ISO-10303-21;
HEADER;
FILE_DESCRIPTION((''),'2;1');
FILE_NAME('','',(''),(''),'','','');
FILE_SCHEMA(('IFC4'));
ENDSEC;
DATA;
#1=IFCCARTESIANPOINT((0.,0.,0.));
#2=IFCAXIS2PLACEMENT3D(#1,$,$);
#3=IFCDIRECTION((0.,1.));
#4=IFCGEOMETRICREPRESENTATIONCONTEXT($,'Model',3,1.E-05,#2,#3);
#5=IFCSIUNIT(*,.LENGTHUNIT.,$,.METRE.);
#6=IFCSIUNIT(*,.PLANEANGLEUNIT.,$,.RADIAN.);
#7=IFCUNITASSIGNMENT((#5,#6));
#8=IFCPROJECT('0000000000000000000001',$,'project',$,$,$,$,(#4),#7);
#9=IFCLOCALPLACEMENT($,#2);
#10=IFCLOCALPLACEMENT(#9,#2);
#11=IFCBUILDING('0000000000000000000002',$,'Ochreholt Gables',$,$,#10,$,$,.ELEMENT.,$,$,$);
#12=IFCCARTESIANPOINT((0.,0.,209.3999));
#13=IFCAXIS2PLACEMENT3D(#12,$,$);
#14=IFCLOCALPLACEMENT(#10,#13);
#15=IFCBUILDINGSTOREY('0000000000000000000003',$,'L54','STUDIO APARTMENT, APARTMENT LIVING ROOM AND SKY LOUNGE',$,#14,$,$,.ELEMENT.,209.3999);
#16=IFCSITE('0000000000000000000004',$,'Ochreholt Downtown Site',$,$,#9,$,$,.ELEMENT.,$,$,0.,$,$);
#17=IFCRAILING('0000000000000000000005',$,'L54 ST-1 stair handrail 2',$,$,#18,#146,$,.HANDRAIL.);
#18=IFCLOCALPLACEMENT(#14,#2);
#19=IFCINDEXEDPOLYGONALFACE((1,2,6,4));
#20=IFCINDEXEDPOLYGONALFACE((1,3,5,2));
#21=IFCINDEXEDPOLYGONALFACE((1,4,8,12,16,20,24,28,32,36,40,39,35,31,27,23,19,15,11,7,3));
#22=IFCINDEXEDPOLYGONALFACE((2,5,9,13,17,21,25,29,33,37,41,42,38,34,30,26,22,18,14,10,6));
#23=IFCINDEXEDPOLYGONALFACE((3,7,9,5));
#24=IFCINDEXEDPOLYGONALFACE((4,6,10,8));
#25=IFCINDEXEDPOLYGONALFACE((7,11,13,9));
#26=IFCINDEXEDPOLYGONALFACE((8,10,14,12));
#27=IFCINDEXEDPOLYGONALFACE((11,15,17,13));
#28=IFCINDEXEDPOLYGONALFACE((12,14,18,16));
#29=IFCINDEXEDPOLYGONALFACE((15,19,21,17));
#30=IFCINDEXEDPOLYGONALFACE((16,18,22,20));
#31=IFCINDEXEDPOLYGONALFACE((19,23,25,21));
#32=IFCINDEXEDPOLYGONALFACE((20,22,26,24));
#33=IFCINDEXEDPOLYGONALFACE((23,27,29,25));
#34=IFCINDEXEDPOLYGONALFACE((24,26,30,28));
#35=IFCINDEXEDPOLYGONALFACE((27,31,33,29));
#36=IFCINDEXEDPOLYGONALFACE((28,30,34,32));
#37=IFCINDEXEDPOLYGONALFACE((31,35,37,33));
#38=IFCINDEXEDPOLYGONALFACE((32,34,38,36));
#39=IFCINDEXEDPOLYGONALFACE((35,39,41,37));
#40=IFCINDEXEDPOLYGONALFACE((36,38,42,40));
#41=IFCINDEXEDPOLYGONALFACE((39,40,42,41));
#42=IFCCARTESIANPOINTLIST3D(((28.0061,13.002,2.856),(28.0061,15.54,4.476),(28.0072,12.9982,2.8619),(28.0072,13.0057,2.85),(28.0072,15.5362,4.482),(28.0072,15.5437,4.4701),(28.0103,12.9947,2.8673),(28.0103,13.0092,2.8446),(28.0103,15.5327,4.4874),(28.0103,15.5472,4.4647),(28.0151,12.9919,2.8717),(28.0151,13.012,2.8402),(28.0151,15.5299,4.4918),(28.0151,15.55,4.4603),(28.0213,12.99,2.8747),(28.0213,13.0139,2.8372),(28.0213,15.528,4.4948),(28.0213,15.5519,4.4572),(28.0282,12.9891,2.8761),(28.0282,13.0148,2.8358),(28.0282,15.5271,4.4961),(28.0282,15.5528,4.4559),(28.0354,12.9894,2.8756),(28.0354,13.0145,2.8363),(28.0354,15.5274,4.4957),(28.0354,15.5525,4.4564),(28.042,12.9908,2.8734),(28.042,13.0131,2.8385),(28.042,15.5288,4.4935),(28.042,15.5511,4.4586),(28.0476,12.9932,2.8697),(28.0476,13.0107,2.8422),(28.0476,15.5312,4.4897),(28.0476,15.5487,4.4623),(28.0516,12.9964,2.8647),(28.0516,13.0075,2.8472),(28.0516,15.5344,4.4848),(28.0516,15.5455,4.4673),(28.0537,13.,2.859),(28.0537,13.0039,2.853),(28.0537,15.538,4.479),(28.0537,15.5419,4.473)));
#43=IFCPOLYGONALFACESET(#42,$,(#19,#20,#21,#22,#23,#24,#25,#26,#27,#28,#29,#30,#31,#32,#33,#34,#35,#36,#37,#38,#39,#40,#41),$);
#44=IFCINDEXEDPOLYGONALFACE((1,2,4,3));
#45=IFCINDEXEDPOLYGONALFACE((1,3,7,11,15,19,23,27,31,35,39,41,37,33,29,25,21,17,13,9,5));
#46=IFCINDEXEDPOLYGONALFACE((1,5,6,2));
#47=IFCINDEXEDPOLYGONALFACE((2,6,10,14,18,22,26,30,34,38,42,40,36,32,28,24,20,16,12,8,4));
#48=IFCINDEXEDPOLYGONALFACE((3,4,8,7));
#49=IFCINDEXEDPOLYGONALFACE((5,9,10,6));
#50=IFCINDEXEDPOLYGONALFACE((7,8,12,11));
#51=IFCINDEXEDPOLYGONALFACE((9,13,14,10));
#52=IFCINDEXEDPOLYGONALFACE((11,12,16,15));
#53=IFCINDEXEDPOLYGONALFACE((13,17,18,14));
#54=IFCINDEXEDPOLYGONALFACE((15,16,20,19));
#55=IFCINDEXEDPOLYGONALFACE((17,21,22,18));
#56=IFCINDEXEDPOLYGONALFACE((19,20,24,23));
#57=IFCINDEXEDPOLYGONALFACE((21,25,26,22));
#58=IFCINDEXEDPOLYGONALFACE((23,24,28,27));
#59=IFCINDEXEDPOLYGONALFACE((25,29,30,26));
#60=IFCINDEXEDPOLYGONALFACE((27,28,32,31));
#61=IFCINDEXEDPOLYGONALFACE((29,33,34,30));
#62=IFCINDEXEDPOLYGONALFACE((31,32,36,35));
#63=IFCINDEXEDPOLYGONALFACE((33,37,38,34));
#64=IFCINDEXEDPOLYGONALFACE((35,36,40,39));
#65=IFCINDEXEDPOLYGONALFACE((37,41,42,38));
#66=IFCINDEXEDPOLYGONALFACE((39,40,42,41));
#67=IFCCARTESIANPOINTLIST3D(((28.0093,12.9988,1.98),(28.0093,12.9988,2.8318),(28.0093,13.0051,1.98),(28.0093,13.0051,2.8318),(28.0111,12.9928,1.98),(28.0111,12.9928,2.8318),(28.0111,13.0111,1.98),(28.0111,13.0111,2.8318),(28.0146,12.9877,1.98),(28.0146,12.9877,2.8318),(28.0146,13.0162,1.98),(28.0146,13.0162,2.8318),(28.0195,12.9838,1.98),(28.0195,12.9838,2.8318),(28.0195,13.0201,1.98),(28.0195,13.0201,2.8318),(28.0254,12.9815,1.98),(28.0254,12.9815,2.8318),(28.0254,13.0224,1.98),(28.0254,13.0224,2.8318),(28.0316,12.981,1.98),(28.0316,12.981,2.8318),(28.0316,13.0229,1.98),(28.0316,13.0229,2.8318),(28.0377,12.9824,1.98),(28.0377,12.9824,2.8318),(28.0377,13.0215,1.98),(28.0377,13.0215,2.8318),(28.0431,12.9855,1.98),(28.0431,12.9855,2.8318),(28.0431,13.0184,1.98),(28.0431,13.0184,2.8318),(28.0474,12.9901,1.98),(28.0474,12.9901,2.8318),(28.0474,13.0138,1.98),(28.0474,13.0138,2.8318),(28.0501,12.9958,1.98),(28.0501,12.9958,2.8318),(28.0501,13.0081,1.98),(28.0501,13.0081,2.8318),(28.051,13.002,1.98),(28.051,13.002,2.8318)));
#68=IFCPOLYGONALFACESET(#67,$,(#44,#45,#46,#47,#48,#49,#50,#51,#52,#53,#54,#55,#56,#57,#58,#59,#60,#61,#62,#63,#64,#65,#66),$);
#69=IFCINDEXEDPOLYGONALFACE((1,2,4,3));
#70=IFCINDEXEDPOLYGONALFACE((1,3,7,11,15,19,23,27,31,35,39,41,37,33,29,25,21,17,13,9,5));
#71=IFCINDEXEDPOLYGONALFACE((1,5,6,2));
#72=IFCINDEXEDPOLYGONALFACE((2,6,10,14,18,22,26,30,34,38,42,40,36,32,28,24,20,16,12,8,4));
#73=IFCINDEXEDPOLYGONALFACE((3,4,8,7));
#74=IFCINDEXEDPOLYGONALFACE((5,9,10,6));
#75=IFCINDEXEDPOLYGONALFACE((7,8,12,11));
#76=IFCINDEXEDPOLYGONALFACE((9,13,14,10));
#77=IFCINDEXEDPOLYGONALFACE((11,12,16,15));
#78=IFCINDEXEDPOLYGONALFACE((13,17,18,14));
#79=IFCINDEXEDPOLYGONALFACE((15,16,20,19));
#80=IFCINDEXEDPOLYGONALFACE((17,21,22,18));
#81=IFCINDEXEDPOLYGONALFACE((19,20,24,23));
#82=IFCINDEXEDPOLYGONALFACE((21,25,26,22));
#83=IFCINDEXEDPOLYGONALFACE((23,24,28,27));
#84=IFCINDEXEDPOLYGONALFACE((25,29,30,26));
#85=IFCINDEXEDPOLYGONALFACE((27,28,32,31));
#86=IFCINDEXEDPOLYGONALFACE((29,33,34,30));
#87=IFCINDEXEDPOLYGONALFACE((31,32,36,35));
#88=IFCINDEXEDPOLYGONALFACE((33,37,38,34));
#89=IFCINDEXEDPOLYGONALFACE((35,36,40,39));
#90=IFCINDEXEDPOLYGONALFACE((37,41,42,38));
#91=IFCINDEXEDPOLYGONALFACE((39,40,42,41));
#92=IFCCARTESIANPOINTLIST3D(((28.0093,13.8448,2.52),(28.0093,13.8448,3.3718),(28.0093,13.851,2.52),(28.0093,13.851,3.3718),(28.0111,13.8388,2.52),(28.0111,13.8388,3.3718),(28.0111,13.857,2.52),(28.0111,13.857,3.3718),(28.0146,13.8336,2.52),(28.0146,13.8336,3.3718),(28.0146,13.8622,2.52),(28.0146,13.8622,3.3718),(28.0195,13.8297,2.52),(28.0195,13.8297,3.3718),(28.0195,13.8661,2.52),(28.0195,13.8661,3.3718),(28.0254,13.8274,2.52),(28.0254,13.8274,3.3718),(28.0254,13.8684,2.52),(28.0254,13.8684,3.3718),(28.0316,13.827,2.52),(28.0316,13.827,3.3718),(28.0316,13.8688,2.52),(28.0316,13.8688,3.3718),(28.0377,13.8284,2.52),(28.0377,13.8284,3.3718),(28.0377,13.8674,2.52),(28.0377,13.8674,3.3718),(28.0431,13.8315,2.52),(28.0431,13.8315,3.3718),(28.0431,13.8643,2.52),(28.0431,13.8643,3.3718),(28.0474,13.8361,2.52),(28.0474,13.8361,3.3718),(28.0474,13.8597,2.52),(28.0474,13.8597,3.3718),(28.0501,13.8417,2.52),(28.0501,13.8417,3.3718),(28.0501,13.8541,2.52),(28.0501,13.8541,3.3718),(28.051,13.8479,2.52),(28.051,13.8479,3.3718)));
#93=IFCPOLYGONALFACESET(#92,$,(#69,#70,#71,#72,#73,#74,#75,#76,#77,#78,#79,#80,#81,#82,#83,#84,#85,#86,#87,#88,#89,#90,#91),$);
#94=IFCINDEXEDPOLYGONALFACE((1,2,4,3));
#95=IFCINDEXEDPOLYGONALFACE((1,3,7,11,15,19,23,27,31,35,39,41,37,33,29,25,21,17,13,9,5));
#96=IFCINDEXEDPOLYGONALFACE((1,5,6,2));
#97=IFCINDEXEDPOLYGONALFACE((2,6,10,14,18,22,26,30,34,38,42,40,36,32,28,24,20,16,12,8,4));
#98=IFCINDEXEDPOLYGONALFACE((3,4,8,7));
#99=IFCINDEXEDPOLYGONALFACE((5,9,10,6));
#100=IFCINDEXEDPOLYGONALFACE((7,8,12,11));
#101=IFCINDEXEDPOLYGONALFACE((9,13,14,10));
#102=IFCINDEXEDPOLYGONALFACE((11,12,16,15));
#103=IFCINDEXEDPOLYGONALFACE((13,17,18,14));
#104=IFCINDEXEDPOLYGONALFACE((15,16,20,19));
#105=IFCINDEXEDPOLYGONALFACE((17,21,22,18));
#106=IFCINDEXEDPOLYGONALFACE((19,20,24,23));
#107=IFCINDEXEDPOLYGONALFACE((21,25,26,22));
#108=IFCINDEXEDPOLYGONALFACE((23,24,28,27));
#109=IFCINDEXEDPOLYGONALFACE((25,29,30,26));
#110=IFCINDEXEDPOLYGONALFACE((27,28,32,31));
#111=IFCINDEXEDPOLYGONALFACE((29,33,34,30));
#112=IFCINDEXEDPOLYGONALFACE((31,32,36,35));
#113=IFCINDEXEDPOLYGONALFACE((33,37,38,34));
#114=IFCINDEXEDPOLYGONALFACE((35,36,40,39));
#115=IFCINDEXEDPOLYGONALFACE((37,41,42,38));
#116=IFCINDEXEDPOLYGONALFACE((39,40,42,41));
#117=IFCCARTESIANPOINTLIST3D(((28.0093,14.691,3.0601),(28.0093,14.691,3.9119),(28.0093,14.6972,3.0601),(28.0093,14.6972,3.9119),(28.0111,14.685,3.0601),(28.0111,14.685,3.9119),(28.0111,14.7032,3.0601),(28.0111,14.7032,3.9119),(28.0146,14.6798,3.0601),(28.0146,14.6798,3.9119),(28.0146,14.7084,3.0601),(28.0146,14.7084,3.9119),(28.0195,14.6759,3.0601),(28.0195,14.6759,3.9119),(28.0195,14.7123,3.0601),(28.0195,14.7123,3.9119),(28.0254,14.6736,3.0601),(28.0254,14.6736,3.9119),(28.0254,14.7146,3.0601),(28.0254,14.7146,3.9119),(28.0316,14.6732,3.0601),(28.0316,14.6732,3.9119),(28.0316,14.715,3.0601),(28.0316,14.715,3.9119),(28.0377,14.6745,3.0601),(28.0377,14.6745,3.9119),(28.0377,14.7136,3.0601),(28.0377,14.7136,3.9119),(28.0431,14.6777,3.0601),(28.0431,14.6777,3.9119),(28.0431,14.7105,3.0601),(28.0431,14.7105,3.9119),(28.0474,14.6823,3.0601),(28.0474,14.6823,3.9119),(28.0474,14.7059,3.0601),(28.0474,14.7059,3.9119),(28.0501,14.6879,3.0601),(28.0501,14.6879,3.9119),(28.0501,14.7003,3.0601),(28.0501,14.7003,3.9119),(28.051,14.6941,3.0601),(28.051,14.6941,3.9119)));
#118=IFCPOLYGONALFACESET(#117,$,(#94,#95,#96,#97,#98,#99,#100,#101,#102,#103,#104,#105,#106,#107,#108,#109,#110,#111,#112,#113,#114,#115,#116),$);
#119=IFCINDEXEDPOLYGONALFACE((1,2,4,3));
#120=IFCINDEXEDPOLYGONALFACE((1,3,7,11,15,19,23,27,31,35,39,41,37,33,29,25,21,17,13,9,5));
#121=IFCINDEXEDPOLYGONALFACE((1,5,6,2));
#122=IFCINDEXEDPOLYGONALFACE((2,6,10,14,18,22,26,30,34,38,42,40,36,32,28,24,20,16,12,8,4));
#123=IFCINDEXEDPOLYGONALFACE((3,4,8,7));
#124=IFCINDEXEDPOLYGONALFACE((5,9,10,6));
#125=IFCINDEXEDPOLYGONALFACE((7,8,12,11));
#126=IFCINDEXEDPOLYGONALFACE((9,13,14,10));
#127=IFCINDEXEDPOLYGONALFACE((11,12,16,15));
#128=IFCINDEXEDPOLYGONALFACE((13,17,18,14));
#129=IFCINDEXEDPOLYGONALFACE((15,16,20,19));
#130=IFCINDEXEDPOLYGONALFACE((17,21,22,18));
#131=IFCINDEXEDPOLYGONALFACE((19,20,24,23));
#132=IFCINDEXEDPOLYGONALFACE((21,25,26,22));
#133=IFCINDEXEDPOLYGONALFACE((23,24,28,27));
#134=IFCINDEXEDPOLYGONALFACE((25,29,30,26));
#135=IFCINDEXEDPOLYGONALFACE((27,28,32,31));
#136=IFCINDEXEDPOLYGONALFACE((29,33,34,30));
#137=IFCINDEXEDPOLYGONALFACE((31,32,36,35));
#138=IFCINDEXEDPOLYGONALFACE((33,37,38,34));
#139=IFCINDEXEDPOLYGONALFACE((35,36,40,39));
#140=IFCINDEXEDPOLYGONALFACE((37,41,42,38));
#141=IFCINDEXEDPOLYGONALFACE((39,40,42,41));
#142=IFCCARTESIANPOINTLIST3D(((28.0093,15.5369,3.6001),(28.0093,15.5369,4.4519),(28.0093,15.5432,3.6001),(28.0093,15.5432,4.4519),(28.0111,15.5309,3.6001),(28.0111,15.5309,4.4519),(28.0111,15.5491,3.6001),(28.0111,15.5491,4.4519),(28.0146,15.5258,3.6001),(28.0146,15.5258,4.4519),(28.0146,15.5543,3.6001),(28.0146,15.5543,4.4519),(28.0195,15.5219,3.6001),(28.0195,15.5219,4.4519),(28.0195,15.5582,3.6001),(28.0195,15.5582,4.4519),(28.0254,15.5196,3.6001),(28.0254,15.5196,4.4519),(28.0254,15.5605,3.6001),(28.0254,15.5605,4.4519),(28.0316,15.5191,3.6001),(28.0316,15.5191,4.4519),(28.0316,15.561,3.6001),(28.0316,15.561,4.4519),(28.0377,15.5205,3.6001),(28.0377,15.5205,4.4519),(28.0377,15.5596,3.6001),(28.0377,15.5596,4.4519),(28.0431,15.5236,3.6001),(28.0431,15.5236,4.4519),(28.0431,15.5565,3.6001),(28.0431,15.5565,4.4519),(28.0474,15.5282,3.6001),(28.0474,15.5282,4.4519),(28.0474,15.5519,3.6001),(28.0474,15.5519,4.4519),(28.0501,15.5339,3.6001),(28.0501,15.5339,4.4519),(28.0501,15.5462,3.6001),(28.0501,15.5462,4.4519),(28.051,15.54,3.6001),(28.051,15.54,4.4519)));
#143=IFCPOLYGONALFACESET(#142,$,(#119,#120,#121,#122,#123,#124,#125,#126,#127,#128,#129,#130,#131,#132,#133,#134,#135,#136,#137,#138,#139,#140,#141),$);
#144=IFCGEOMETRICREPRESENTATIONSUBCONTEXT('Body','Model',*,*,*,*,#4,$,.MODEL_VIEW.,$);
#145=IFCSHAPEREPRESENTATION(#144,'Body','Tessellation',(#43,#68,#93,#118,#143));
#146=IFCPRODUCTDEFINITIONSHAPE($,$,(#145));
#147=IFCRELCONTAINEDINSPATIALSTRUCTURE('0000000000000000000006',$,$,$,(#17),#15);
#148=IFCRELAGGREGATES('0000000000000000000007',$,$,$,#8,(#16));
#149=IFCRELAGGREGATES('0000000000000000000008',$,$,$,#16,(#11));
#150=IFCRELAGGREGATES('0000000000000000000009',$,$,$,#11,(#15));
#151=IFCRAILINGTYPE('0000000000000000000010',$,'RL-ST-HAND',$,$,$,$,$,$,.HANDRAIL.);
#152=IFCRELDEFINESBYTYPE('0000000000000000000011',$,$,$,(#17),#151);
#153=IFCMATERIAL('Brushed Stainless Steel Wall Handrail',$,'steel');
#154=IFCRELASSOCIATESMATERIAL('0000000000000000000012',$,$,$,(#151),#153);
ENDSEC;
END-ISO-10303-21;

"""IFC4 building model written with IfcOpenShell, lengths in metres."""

from ifc_helpers import new_model, si_unit, direction, frame, origin, origin_2d, place, context, subcontext, project, spatial, circle, extrude, material, type_object, element, save


model = new_model("IFC4")

# Units and contexts
model_context = context("Model", 3, precision=1e-05, world=origin(), true_north=direction((0.0, 1.0)))
body_context = subcontext(model_context, "Body", "Model", "MODEL_VIEW")
ifc_project = project(units=[si_unit("LENGTHUNIT", "METRE"), si_unit("PLANEANGLEUNIT", "RADIAN")], contexts=[model_context])

# Site, building, storey
site_placement = place(None, origin())
site = spatial("IfcSite", under=ifc_project, at=site_placement, Name="Ochreholt Downtown Site", CompositionType="ELEMENT", RefElevation=0.0)
building_placement = place(site_placement, origin())
building = spatial("IfcBuilding", under=site, at=building_placement, Name="Ochreholt Gables", CompositionType="ELEMENT")
storey_placement = place(building_placement, frame((0.0, 0.0, 209.3999)))
storey = spatial("IfcBuildingStorey", under=building, at=storey_placement, Name="L54", Description="STUDIO APARTMENT, APARTMENT LIVING ROOM AND SKY LOUNGE", CompositionType="ELEMENT", Elevation=209.3999)

# Railing
ifc_material_1 = material(Name="Brushed Stainless Steel Wall Handrail", Category="steel")
railing_type_1 = type_object("IfcRailingType", Name="RL-ST-HAND", PredefinedType="HANDRAIL", material=ifc_material_1)
railing_1_placement = place(storey_placement, frame((28.03, 13.002, 1.98)))
element("IfcRailing", 1, at=railing_1_placement, inside=storey, type_object=railing_type_1, Name="L54 ST-1 stair handrail 2", PredefinedType="HANDRAIL", context=body_context, shape_type="SweptSolid", body=[
    extrude(circle(Radius=0.0239, at=origin_2d()), frame((0.0, 0.0, 0.876), z_axis=(0.0, 0.842913, 0.53805), x_axis=(-1.0, 0.0, 0.0)), (0.0, 0.0, 1.0), 3.011),
    extrude(circle(Radius=0.021, at=origin_2d()), origin(), (0.0, 0.0, 1.0), 0.8518),
    extrude(circle(Radius=0.021, at=origin_2d()), frame((0.0, 0.8459, 0.54)), (0.0, 0.0, 1.0), 0.8518),
    extrude(circle(Radius=0.021, at=origin_2d()), frame((0.0, 1.6921, 1.0801)), (0.0, 0.0, 1.0), 0.8518),
    extrude(circle(Radius=0.021, at=origin_2d()), frame((0.0, 2.5381, 1.6201)), (0.0, 0.0, 1.0), 0.8518),
])

save(model, "model.ifc")
